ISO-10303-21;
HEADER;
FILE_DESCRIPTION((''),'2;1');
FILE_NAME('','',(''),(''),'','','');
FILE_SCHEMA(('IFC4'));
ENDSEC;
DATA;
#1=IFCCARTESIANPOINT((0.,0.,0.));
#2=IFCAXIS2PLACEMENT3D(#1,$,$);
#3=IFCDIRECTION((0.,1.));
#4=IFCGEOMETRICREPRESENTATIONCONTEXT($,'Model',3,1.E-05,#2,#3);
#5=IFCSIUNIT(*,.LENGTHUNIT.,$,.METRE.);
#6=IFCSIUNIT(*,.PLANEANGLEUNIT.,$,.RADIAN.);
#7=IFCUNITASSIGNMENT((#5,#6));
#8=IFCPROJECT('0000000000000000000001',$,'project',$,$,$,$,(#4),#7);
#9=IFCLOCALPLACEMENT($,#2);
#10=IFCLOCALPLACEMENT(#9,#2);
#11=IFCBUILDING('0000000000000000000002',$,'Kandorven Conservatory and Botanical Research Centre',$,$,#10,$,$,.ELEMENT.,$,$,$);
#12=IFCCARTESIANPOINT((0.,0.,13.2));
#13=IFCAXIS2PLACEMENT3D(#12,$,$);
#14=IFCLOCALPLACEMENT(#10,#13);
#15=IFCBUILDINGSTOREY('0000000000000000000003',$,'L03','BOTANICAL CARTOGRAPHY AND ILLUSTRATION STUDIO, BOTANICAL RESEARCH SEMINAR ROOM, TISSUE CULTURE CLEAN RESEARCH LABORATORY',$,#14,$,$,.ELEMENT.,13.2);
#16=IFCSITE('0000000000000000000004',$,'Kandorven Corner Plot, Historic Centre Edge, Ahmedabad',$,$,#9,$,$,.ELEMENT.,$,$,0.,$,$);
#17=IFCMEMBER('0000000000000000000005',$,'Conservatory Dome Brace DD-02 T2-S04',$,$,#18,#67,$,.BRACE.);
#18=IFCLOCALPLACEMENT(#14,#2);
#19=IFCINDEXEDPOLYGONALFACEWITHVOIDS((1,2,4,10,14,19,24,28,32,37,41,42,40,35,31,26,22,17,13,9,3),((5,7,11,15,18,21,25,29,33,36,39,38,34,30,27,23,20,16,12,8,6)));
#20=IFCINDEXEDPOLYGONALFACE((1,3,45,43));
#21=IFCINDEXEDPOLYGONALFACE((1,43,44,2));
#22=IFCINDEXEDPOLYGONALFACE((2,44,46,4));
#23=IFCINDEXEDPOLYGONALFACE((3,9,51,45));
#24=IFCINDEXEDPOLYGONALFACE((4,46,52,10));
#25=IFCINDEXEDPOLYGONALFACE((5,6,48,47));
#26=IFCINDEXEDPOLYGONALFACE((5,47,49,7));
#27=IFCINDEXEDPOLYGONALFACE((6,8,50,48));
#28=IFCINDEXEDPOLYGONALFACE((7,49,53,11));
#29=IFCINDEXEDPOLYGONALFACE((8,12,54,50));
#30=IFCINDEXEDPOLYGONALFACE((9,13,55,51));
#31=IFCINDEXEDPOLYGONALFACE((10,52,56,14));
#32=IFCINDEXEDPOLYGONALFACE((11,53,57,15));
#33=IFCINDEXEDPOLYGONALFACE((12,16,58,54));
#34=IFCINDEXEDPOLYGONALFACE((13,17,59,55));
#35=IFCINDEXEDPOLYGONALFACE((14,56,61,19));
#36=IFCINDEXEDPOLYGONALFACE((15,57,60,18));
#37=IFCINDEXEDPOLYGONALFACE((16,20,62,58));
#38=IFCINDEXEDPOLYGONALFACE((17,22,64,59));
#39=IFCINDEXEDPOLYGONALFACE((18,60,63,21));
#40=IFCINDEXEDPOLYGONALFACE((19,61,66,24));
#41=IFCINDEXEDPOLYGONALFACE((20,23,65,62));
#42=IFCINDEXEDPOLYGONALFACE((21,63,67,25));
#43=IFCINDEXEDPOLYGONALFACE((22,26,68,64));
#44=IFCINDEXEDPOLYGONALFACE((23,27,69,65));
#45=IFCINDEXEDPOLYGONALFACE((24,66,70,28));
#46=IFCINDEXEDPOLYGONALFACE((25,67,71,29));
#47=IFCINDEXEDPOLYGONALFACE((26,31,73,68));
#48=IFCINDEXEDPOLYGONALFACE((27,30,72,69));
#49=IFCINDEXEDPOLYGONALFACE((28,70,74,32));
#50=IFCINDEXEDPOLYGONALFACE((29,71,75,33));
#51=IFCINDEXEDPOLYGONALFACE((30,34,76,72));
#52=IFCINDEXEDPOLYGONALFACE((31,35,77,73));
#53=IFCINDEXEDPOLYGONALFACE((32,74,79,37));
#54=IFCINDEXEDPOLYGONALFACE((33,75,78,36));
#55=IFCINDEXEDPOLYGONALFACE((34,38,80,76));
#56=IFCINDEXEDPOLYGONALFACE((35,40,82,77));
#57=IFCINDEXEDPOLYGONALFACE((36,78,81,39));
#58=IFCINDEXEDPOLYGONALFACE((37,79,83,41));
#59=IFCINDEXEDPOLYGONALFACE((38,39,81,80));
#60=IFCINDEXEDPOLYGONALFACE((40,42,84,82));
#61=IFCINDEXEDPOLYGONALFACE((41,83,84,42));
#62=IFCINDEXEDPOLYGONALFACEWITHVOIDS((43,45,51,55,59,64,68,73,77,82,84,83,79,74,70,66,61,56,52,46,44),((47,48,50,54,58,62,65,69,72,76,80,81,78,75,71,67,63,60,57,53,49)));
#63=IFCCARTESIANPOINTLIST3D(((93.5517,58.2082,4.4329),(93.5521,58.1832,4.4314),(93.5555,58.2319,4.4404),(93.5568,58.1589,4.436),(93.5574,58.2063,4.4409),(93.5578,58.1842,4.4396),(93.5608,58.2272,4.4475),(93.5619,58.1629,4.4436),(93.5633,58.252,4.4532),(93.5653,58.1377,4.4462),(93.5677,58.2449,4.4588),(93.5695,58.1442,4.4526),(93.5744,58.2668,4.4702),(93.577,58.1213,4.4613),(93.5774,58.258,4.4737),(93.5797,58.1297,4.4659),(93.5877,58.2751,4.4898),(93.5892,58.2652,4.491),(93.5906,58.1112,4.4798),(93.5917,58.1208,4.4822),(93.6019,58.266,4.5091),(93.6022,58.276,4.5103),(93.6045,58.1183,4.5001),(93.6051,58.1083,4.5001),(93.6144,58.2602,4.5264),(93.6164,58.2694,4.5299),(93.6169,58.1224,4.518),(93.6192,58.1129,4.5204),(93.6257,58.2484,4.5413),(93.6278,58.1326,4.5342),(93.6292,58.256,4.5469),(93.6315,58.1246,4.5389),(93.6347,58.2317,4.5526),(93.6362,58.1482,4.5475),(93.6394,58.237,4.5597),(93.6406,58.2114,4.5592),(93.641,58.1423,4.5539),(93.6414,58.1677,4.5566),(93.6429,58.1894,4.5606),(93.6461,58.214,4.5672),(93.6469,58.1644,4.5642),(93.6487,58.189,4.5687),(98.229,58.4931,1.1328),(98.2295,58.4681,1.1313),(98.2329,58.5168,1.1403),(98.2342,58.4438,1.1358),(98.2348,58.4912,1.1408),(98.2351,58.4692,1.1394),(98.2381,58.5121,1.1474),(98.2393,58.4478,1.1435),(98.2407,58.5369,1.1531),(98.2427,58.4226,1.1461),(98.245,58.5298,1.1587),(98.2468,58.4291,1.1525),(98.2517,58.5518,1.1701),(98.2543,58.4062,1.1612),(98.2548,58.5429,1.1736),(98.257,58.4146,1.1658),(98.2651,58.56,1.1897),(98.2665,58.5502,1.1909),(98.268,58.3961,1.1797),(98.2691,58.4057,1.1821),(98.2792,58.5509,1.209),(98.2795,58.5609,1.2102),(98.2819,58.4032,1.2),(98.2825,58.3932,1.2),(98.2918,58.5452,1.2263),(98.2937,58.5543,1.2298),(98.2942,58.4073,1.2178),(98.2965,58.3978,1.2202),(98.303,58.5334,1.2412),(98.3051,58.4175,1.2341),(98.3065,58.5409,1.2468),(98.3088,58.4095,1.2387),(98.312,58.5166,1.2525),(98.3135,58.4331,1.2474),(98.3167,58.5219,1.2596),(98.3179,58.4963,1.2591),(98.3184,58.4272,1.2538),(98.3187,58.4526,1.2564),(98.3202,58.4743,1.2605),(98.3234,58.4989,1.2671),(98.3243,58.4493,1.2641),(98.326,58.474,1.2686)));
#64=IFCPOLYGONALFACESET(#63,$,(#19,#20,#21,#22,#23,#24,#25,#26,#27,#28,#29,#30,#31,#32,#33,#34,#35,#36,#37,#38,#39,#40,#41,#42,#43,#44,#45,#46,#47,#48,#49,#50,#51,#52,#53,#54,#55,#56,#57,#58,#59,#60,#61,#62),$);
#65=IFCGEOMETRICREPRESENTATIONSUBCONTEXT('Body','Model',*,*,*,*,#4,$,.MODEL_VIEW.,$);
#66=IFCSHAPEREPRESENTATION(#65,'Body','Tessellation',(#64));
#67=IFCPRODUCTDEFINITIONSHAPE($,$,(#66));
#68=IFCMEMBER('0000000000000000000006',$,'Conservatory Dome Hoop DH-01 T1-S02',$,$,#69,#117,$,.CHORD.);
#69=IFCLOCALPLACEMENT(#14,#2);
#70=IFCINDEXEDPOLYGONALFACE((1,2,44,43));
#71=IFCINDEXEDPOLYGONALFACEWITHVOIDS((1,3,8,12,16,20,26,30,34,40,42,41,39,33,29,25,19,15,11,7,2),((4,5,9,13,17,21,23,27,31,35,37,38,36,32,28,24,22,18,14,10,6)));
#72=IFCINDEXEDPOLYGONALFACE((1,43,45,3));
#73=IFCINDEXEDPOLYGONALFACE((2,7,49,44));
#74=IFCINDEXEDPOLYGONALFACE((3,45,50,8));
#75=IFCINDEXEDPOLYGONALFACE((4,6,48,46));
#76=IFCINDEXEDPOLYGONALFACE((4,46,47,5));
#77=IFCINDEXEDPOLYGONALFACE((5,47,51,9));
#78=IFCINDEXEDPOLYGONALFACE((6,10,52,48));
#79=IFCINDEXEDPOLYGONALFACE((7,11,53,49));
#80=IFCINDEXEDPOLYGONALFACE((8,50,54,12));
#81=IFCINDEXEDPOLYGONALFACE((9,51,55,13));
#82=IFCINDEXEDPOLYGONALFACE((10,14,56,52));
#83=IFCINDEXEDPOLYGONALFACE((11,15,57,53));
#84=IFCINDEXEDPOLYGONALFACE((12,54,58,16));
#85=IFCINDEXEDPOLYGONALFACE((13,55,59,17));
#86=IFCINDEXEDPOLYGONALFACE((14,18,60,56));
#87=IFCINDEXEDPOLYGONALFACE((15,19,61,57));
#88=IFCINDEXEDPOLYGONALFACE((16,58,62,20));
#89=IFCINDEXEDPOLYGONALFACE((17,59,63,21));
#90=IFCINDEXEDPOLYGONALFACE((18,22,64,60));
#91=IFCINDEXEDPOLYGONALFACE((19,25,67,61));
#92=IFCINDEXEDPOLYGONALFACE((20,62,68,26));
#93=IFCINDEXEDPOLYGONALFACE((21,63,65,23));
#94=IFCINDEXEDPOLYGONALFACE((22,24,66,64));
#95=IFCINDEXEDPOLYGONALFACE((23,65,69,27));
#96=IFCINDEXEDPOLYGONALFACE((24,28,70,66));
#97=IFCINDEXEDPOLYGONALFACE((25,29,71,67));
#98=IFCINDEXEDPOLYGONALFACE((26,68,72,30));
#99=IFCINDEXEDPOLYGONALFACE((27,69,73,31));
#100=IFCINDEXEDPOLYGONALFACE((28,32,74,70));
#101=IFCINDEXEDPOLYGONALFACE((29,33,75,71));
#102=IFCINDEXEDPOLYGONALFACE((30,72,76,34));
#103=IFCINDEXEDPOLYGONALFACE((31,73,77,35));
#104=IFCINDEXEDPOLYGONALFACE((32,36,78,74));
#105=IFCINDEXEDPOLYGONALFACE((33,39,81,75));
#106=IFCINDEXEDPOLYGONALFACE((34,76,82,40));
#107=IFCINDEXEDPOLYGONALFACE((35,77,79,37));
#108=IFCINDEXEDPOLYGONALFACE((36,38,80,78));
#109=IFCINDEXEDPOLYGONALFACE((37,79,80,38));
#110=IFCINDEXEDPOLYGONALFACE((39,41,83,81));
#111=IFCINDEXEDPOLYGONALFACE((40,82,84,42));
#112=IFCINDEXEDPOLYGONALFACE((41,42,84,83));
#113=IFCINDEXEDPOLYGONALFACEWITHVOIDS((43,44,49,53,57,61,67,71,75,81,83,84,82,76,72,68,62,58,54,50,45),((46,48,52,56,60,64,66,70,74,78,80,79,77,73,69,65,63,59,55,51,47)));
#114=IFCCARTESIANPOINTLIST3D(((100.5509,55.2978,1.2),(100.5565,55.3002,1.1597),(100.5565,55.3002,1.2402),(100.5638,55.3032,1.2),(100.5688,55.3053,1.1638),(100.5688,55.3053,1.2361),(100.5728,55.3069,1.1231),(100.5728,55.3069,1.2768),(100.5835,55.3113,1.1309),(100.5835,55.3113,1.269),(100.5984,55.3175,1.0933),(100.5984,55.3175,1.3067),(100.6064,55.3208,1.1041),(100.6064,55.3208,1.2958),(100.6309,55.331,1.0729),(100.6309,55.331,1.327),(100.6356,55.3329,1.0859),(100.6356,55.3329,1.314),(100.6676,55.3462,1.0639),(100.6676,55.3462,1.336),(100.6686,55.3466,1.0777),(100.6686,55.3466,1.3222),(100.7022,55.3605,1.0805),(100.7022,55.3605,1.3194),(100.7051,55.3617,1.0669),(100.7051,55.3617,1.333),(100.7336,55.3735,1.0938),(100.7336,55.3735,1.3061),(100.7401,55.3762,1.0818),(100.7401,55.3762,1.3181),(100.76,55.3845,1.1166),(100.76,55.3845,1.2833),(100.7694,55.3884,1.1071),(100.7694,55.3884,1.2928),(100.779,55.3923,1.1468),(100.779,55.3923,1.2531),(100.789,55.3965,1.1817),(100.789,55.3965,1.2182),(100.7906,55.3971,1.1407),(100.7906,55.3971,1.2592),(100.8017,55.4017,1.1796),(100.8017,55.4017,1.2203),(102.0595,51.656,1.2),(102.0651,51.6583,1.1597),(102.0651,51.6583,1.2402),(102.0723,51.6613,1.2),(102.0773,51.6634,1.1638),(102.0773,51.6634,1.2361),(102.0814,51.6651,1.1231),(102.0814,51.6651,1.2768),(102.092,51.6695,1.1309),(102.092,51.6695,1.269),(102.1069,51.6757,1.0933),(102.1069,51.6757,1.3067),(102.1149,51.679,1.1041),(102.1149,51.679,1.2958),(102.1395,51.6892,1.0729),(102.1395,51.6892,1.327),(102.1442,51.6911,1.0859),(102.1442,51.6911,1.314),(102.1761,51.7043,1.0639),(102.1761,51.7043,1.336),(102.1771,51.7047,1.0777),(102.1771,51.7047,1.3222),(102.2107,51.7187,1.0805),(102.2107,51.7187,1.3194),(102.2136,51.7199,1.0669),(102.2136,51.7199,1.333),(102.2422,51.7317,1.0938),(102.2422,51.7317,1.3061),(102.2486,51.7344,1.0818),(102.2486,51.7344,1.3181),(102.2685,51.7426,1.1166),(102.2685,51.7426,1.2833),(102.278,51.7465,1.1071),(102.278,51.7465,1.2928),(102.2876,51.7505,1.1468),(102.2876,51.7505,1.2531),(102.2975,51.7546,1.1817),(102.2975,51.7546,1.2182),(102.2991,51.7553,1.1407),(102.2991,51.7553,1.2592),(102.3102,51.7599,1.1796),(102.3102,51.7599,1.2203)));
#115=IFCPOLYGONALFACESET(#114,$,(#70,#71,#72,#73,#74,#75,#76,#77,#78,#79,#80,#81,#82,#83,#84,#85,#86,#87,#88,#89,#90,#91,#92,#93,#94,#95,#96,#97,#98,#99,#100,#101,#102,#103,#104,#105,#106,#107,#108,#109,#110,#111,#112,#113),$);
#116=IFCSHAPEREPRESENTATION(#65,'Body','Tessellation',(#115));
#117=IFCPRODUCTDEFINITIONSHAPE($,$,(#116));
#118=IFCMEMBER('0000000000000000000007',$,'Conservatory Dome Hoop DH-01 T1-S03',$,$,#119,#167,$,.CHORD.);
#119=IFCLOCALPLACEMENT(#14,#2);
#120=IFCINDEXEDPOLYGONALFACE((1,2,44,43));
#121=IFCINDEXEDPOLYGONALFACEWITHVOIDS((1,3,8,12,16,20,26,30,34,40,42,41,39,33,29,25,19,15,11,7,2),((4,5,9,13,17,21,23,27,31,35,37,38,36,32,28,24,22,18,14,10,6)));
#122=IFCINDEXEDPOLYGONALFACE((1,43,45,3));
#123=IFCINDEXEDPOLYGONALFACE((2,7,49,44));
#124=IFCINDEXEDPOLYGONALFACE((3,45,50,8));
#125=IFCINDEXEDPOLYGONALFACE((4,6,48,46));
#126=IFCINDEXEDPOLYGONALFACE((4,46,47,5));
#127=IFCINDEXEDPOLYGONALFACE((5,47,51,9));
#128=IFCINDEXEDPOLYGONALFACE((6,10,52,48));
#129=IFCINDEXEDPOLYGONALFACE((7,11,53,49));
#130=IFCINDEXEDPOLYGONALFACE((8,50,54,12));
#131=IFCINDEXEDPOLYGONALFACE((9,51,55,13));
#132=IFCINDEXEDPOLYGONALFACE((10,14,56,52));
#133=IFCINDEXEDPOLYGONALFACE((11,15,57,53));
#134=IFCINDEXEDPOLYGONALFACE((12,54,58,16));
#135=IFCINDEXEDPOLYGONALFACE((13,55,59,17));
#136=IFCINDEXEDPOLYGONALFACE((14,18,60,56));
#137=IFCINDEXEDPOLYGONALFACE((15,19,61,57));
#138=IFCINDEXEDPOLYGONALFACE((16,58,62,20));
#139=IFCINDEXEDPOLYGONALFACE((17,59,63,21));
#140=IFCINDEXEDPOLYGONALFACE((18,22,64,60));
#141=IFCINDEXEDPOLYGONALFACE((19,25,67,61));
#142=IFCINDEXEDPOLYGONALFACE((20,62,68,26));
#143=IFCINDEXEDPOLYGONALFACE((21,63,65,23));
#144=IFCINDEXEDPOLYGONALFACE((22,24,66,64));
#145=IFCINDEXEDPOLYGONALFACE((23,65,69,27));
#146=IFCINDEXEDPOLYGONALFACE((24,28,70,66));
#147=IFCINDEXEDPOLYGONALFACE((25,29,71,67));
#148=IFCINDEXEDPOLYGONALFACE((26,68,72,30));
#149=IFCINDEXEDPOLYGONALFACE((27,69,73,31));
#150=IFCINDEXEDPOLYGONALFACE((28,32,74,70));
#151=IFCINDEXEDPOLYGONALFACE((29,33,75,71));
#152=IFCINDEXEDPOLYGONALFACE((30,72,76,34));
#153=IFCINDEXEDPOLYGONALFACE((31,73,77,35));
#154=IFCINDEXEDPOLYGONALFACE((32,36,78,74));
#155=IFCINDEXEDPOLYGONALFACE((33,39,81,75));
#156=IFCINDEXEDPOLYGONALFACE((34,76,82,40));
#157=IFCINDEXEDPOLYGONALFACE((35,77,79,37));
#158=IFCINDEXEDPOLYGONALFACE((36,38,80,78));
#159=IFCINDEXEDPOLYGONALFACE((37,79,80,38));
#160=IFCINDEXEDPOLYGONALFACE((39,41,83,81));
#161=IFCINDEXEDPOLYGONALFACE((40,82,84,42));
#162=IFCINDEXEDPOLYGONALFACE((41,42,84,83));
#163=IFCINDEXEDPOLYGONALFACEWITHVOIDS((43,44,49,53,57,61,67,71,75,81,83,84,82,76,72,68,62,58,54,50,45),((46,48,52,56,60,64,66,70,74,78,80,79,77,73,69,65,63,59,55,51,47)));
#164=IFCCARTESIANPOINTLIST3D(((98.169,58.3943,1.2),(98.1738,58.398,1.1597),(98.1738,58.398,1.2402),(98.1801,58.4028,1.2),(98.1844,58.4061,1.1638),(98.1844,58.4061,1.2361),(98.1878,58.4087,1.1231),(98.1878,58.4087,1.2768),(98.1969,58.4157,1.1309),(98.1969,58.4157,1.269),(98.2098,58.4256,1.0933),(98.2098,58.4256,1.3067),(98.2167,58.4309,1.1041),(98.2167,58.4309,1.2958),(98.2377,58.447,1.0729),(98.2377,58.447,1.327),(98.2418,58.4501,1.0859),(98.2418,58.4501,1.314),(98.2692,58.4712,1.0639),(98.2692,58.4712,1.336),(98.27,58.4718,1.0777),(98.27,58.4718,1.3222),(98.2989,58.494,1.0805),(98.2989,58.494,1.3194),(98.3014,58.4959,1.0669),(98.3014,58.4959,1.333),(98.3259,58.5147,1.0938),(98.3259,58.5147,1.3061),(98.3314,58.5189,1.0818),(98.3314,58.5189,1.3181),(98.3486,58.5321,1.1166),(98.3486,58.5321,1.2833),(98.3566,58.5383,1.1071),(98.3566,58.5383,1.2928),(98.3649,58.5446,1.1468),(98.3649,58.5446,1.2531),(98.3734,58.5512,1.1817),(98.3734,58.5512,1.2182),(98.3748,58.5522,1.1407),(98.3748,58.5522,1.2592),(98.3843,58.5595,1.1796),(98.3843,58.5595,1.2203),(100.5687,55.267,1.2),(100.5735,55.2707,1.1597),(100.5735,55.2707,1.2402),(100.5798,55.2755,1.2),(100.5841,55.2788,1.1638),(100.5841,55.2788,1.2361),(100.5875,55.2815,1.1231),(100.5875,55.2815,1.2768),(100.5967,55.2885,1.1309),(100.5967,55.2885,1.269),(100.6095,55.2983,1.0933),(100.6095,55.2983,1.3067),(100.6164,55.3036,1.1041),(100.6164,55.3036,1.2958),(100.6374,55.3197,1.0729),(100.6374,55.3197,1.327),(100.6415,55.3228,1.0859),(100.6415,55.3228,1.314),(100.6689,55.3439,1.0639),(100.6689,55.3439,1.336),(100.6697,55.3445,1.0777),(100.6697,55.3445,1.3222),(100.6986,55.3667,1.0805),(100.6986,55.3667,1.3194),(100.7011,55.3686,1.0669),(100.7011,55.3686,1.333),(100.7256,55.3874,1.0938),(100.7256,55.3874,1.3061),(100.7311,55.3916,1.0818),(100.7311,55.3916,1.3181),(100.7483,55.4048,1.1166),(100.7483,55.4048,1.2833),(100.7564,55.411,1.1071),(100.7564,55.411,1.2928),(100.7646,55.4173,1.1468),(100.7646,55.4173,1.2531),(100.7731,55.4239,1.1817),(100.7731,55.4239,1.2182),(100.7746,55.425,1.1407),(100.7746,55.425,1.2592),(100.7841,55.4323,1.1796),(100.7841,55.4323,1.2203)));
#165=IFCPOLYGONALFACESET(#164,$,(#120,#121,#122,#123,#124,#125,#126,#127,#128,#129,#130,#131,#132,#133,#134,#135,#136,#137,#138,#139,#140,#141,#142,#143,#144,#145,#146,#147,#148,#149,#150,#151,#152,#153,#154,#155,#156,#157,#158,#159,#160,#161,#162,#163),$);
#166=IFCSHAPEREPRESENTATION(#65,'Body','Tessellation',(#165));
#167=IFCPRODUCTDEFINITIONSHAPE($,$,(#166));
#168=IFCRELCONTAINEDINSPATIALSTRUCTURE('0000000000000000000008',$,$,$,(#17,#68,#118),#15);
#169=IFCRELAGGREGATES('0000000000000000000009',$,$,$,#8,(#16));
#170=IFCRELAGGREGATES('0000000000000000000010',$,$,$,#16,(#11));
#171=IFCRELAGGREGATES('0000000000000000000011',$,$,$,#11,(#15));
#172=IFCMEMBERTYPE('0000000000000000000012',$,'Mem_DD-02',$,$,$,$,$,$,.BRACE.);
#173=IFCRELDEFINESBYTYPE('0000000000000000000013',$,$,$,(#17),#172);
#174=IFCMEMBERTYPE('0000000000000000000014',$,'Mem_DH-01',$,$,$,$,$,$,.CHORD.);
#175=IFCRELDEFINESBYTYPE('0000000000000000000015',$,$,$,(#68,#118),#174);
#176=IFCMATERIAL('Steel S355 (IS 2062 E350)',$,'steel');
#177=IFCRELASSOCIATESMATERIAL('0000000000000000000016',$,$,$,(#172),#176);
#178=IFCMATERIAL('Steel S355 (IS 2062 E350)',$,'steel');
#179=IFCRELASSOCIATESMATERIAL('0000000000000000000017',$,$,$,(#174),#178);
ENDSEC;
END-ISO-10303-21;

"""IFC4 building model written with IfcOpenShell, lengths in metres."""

from ifc_helpers import new_model, si_unit, direction, frame, origin, origin_2d, place, context, subcontext, project, spatial, hollow_circle, extrude, material, material_profile, profile_set, type_object, element, save


model = new_model("IFC4")

# Units and contexts
model_context = context("Model", 3, precision=1e-05, world=origin(), true_north=direction((0.0, 1.0)))
body_context = subcontext(model_context, "Body", "Model", "MODEL_VIEW")
ifc_project = project(units=[si_unit("LENGTHUNIT", "METRE"), si_unit("PLANEANGLEUNIT", "RADIAN")], contexts=[model_context])

# Site, building, storey
site_placement = place(None, origin())
site = spatial("IfcSite", under=ifc_project, at=site_placement, Name="Kandorven Corner Plot, Historic Centre Edge, Ahmedabad", CompositionType="ELEMENT", RefElevation=0.0)
building_placement = place(site_placement, origin())
building = spatial("IfcBuilding", under=site, at=building_placement, Name="Kandorven Conservatory and Botanical Research Centre", CompositionType="ELEMENT")
storey_placement = place(building_placement, frame((0.0, 0.0, 13.2)))
storey = spatial("IfcBuildingStorey", under=building, at=storey_placement, Name="L03", Description="BOTANICAL CARTOGRAPHY AND ILLUSTRATION STUDIO, BOTANICAL RESEARCH SEMINAR ROOM, TISSUE CULTURE CLEAN RESEARCH LABORATORY", CompositionType="ELEMENT", Elevation=13.2)

# Members
ifc_material_1 = material(Name="Steel S355 (IS 2062 E350)", Category="steel")
ifc_material_profile_1 = material_profile(ifc_material_1, hollow_circle(Radius=0.0842, WallThickness=0.01, at=origin_2d()))
ifc_profile_set_1 = profile_set([ifc_material_profile_1], Name="Steel S355 (IS 2062 E350)")
member_type_1 = type_object("IfcMemberType", Name="Mem_DD-02", PredefinedType="BRACE", material=ifc_profile_set_1)
for number, where, z_axis, x_axis, name in (
    (1, (98.2773, 58.4773, 1.2), (-0.816084, -0.049711, 0.575791), (0.060802, -0.99815, 0.0), "Conservatory Dome Brace DD-02 T2-S04"),
):
    element("IfcMember", number, at=place(storey_placement, frame(where, z_axis=z_axis, x_axis=x_axis)), inside=storey, type_object=member_type_1, Name=name, PredefinedType="BRACE", context=body_context, shape_type="SweptSolid", body=[
        extrude(hollow_circle(Radius=0.0842, WallThickness=0.01, at=origin_2d()), origin(), (0.0, 0.0, 1.0), 5.7314),
    ])
ifc_material_2 = material(Name="Steel S355 (IS 2062 E350)", Category="steel")
ifc_material_profile_2 = material_profile(ifc_material_2, hollow_circle(Radius=0.1365, WallThickness=0.0139, at=origin_2d()))
ifc_profile_set_2 = profile_set([ifc_material_profile_2], Name="Steel S355 (IS 2062 E350)")
member_type_2 = type_object("IfcMemberType", Name="Mem_DH-01", PredefinedType="CHORD", material=ifc_profile_set_2)
for number, where, z_axis, x_axis, name in (
    (2, (102.1855, 51.7083, 1.2), (-0.382693, 0.923876, 0.0), (-0.923876, -0.382693, 0.0), "Conservatory Dome Hoop DH-01 T1-S02"),
    (3, (100.677, 55.3501, 1.2), (-0.608773, 0.793344, 0.0), (-0.793344, -0.608773, 0.0), "Conservatory Dome Hoop DH-01 T1-S03"),
):
    element("IfcMember", number, at=place(storey_placement, frame(where, z_axis=z_axis, x_axis=x_axis)), inside=storey, type_object=member_type_2, Name=name, PredefinedType="CHORD", context=body_context, shape_type="SweptSolid", body=[
        extrude(hollow_circle(Radius=0.1365, WallThickness=0.0139, at=origin_2d()), origin(), (0.0, 0.0, 1.0), 3.9419),
    ])

save(model, "model.ifc")
